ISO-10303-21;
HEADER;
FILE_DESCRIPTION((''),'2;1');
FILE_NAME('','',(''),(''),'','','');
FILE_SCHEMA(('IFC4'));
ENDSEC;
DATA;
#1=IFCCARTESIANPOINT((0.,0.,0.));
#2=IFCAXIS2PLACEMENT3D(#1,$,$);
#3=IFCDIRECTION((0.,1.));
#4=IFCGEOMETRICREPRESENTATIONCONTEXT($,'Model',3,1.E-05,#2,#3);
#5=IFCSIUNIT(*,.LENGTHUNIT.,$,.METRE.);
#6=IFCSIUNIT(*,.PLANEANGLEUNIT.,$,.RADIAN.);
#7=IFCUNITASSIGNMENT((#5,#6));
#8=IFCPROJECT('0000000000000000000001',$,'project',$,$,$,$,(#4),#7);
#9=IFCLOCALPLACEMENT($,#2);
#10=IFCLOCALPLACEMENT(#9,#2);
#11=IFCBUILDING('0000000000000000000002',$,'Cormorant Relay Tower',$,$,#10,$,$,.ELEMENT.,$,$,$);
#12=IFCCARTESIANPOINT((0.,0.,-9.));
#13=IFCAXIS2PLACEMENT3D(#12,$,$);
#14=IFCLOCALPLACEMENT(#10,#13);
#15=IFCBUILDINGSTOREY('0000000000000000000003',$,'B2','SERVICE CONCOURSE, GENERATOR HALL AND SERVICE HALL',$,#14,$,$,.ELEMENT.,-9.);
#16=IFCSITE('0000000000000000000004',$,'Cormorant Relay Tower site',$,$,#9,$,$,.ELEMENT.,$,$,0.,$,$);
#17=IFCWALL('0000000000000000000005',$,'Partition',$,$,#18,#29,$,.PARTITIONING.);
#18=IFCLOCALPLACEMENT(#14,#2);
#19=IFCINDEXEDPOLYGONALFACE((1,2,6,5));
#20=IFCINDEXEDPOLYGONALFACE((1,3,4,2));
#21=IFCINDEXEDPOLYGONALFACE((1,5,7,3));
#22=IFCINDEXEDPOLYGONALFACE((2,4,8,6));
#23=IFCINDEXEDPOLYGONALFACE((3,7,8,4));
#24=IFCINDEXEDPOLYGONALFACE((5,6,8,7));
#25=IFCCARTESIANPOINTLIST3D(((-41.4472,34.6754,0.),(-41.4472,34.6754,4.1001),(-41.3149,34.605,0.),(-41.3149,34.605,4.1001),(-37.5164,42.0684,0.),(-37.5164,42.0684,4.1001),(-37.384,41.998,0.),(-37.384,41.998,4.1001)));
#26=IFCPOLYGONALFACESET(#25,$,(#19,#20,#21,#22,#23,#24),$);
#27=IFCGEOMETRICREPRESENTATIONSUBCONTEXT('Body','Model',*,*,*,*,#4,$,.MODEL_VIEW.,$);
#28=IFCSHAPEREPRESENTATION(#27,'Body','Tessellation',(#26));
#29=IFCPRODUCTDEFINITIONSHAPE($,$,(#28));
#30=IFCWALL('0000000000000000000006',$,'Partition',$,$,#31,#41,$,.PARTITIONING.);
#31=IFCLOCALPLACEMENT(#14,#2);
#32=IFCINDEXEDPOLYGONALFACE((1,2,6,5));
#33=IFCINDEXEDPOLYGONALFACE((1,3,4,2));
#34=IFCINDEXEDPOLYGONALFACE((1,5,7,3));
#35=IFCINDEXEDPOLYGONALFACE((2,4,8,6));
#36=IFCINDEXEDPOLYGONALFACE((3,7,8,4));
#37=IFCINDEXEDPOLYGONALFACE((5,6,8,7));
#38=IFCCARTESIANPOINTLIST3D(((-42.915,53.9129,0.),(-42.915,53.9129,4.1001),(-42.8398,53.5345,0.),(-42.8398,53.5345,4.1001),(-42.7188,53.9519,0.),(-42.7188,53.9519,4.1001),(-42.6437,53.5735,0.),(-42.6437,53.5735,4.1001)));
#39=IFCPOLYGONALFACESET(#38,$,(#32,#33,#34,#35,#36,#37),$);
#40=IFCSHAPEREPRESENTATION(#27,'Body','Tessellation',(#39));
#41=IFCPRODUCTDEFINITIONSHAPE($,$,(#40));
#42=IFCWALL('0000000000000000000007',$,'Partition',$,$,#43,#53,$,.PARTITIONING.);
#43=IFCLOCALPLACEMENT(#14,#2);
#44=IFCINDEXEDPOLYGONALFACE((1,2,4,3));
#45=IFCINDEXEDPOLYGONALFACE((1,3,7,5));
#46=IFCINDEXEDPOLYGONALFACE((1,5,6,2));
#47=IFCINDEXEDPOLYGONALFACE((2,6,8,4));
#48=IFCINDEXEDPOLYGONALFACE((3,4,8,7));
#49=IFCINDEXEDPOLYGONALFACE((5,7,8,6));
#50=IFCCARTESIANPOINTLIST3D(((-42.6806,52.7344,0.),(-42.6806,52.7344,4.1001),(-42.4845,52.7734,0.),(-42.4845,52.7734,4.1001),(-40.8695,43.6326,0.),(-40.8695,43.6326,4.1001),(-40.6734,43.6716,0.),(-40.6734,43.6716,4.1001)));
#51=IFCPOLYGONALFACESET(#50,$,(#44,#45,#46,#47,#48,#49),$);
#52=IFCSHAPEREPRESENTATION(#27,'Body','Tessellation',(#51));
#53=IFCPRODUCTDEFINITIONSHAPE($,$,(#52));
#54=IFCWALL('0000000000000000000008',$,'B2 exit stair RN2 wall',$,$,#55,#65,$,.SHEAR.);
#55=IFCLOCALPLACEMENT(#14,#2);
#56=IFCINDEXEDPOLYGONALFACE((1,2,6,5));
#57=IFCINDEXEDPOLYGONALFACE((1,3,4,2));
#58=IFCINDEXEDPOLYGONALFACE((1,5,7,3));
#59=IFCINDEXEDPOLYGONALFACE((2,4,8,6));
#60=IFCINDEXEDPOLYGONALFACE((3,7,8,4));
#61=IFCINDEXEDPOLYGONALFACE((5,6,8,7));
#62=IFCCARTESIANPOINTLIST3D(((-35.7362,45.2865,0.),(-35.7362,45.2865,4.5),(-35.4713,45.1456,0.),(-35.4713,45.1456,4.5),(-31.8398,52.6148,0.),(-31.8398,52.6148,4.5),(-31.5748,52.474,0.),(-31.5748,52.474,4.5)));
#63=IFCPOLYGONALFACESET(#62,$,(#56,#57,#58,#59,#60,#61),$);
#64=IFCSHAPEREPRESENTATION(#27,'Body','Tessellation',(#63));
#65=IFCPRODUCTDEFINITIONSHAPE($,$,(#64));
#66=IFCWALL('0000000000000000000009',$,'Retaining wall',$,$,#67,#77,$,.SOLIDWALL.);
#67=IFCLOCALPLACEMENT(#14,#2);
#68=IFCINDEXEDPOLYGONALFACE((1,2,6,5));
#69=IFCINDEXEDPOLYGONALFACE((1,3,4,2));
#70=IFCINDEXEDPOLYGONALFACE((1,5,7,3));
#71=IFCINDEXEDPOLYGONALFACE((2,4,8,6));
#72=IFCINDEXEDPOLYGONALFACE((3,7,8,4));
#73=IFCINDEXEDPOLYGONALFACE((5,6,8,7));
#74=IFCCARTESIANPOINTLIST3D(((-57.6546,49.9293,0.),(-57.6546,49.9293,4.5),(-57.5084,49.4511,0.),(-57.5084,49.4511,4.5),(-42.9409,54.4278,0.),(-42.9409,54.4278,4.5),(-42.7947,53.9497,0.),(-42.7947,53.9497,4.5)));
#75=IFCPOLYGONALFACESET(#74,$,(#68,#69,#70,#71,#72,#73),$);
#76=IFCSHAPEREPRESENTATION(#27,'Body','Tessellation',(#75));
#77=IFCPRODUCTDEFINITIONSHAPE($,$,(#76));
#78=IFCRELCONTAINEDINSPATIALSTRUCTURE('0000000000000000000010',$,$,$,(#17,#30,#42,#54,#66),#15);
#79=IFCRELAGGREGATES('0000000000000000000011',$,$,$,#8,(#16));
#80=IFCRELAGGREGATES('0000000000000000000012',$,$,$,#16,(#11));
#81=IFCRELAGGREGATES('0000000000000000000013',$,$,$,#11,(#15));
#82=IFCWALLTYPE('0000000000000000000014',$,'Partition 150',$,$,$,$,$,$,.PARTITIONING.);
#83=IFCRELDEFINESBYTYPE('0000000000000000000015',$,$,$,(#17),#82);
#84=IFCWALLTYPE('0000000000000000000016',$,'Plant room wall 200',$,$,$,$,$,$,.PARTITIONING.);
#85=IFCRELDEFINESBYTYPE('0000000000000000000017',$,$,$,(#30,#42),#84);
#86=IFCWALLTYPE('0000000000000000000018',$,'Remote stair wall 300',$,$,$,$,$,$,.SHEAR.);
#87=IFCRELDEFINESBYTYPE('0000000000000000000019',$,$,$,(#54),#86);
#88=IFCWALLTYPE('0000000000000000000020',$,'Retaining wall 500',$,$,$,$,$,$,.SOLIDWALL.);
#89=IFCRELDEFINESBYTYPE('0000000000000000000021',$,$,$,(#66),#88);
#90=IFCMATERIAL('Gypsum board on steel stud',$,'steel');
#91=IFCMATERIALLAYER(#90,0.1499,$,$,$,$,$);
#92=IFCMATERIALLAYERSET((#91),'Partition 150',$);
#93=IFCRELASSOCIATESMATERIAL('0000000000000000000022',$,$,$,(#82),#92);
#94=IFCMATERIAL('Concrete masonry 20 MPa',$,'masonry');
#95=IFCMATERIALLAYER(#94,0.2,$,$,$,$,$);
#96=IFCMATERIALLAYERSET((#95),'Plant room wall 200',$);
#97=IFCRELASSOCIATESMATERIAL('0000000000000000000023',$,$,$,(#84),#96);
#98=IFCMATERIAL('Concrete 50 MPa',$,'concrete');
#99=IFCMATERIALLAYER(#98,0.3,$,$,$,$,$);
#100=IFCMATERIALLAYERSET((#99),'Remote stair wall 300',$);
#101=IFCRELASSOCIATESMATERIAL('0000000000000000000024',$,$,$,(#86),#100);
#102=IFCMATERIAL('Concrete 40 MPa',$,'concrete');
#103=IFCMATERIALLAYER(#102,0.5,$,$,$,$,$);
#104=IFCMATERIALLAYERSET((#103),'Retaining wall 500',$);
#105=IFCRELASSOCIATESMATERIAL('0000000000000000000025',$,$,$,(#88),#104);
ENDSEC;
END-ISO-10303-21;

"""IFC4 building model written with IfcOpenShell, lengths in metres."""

from ifc_helpers import new_model, si_unit, direction, frame, frame_2d, origin, place, context, subcontext, project, spatial, rectangle, extrude, material, layer, layer_set, type_object, element, save


model = new_model("IFC4")

# Units and contexts
model_context = context("Model", 3, precision=1e-05, world=origin(), true_north=direction((0.0, 1.0)))
body_context = subcontext(model_context, "Body", "Model", "MODEL_VIEW")
ifc_project = project(units=[si_unit("LENGTHUNIT", "METRE"), si_unit("PLANEANGLEUNIT", "RADIAN")], contexts=[model_context])

# Site, building, storey
site_placement = place(None, origin())
site = spatial("IfcSite", under=ifc_project, at=site_placement, Name="Cormorant Relay Tower site", CompositionType="ELEMENT", RefElevation=0.0)
building_placement = place(site_placement, origin())
building = spatial("IfcBuilding", under=site, at=building_placement, Name="Cormorant Relay Tower", CompositionType="ELEMENT")
storey_placement = place(building_placement, frame((0.0, 0.0, -9.0)))
storey = spatial("IfcBuildingStorey", under=building, at=storey_placement, Name="B2", Description="SERVICE CONCOURSE, GENERATOR HALL AND SERVICE HALL", CompositionType="ELEMENT", Elevation=-9.0)

# Shared definitions
ifc_material_1 = material(Name="Gypsum board on steel stud", Category="steel")
ifc_layer_1 = layer(ifc_material_1, 0.1499)
ifc_layer_set_1 = layer_set([ifc_layer_1], Name="Partition 150")
wall_type_1 = type_object("IfcWallType", Name="Partition 150", PredefinedType="PARTITIONING", material=ifc_layer_set_1)

# Walls
wall_1_placement = place(storey_placement, frame((-37.4502, 42.0332, 0.0), z_axis=(0.0, 0.0, 1.0), x_axis=(-0.469466, -0.88295, 0.0)))
element("IfcWall", 1, at=wall_1_placement, inside=storey, type_object=wall_type_1, Name="Partition", PredefinedType="PARTITIONING", context=body_context, shape_type="SweptSolid", body=[
    extrude(rectangle(XDim=8.373, YDim=0.1499, at=frame_2d((4.1865, 0.0))), origin(), (0.0, 0.0, 1.0), 4.1001),
])
ifc_material_2 = material(Name="Concrete masonry 20 MPa", Category="masonry")
ifc_layer_2 = layer(ifc_material_2, 0.2)
ifc_layer_set_2 = layer_set([ifc_layer_2], Name="Plant room wall 200")
wall_type_2 = type_object("IfcWallType", Name="Plant room wall 200", PredefinedType="PARTITIONING", material=ifc_layer_set_2)
wall_2_placement = place(storey_placement, frame((-42.8169, 53.9324, 0.0), z_axis=(0.0, 0.0, 1.0), x_axis=(0.194899, -0.980823, 0.0)))
element("IfcWall", 2, at=wall_2_placement, inside=storey, type_object=wall_type_2, Name="Partition", PredefinedType="PARTITIONING", context=body_context, shape_type="SweptSolid", body=[
    extrude(rectangle(XDim=0.3857, YDim=0.2, at=frame_2d((0.1929, 0.0))), origin(), (0.0, 0.0, 1.0), 4.1001),
])
wall_3_placement = place(storey_placement, frame((-42.5825, 52.7539, 0.0), z_axis=(0.0, 0.0, 1.0), x_axis=(0.19515, -0.980773, 0.0)))
element("IfcWall", 3, at=wall_3_placement, inside=storey, type_object=wall_type_2, Name="Partition", PredefinedType="PARTITIONING", context=body_context, shape_type="SweptSolid", body=[
    extrude(rectangle(XDim=9.2803, YDim=0.2, at=frame_2d((4.6401, 0.0))), origin(), (0.0, 0.0, 1.0), 4.1001),
])
ifc_material_3 = material(Name="Concrete 50 MPa", Category="concrete")
ifc_layer_3 = layer(ifc_material_3, 0.3)
ifc_layer_set_3 = layer_set([ifc_layer_3], Name="Remote stair wall 300")
wall_type_3 = type_object("IfcWallType", Name="Remote stair wall 300", PredefinedType="SHEAR", material=ifc_layer_set_3)
wall_4_placement = place(storey_placement, frame((-35.6038, 45.2161, 0.0), z_axis=(0.0, 0.0, 1.0), x_axis=(0.469464, 0.882952, 0.0)))
element("IfcWall", 4, at=wall_4_placement, inside=storey, type_object=wall_type_3, Name="B2 exit stair RN2 wall", PredefinedType="SHEAR", context=body_context, shape_type="SweptSolid", body=[
    extrude(rectangle(XDim=8.2998, YDim=0.3, at=frame_2d((4.1499, 0.0))), origin(), (0.0, 0.0, 1.0), 4.5),
])
ifc_material_4 = material(Name="Concrete 40 MPa", Category="concrete")
ifc_layer_4 = layer(ifc_material_4, 0.5)
ifc_layer_set_4 = layer_set([ifc_layer_4], Name="Retaining wall 500")
wall_type_4 = type_object("IfcWallType", Name="Retaining wall 500", PredefinedType="SOLIDWALL", material=ifc_layer_set_4)
wall_5_placement = place(storey_placement, frame((-42.8679, 54.1887, 0.0), z_axis=(0.0, 0.0, 1.0), x_axis=(-0.956302, -0.292379, 0.0)))
element("IfcWall", 5, at=wall_5_placement, inside=storey, type_object=wall_type_4, Name="Retaining wall", PredefinedType="SOLIDWALL", context=body_context, shape_type="SweptSolid", body=[
    extrude(rectangle(XDim=15.386, YDim=0.5, at=frame_2d((7.6929, 0.0))), origin(), (0.0, 0.0, 1.0), 4.5),
])

save(model, "model.ifc")
